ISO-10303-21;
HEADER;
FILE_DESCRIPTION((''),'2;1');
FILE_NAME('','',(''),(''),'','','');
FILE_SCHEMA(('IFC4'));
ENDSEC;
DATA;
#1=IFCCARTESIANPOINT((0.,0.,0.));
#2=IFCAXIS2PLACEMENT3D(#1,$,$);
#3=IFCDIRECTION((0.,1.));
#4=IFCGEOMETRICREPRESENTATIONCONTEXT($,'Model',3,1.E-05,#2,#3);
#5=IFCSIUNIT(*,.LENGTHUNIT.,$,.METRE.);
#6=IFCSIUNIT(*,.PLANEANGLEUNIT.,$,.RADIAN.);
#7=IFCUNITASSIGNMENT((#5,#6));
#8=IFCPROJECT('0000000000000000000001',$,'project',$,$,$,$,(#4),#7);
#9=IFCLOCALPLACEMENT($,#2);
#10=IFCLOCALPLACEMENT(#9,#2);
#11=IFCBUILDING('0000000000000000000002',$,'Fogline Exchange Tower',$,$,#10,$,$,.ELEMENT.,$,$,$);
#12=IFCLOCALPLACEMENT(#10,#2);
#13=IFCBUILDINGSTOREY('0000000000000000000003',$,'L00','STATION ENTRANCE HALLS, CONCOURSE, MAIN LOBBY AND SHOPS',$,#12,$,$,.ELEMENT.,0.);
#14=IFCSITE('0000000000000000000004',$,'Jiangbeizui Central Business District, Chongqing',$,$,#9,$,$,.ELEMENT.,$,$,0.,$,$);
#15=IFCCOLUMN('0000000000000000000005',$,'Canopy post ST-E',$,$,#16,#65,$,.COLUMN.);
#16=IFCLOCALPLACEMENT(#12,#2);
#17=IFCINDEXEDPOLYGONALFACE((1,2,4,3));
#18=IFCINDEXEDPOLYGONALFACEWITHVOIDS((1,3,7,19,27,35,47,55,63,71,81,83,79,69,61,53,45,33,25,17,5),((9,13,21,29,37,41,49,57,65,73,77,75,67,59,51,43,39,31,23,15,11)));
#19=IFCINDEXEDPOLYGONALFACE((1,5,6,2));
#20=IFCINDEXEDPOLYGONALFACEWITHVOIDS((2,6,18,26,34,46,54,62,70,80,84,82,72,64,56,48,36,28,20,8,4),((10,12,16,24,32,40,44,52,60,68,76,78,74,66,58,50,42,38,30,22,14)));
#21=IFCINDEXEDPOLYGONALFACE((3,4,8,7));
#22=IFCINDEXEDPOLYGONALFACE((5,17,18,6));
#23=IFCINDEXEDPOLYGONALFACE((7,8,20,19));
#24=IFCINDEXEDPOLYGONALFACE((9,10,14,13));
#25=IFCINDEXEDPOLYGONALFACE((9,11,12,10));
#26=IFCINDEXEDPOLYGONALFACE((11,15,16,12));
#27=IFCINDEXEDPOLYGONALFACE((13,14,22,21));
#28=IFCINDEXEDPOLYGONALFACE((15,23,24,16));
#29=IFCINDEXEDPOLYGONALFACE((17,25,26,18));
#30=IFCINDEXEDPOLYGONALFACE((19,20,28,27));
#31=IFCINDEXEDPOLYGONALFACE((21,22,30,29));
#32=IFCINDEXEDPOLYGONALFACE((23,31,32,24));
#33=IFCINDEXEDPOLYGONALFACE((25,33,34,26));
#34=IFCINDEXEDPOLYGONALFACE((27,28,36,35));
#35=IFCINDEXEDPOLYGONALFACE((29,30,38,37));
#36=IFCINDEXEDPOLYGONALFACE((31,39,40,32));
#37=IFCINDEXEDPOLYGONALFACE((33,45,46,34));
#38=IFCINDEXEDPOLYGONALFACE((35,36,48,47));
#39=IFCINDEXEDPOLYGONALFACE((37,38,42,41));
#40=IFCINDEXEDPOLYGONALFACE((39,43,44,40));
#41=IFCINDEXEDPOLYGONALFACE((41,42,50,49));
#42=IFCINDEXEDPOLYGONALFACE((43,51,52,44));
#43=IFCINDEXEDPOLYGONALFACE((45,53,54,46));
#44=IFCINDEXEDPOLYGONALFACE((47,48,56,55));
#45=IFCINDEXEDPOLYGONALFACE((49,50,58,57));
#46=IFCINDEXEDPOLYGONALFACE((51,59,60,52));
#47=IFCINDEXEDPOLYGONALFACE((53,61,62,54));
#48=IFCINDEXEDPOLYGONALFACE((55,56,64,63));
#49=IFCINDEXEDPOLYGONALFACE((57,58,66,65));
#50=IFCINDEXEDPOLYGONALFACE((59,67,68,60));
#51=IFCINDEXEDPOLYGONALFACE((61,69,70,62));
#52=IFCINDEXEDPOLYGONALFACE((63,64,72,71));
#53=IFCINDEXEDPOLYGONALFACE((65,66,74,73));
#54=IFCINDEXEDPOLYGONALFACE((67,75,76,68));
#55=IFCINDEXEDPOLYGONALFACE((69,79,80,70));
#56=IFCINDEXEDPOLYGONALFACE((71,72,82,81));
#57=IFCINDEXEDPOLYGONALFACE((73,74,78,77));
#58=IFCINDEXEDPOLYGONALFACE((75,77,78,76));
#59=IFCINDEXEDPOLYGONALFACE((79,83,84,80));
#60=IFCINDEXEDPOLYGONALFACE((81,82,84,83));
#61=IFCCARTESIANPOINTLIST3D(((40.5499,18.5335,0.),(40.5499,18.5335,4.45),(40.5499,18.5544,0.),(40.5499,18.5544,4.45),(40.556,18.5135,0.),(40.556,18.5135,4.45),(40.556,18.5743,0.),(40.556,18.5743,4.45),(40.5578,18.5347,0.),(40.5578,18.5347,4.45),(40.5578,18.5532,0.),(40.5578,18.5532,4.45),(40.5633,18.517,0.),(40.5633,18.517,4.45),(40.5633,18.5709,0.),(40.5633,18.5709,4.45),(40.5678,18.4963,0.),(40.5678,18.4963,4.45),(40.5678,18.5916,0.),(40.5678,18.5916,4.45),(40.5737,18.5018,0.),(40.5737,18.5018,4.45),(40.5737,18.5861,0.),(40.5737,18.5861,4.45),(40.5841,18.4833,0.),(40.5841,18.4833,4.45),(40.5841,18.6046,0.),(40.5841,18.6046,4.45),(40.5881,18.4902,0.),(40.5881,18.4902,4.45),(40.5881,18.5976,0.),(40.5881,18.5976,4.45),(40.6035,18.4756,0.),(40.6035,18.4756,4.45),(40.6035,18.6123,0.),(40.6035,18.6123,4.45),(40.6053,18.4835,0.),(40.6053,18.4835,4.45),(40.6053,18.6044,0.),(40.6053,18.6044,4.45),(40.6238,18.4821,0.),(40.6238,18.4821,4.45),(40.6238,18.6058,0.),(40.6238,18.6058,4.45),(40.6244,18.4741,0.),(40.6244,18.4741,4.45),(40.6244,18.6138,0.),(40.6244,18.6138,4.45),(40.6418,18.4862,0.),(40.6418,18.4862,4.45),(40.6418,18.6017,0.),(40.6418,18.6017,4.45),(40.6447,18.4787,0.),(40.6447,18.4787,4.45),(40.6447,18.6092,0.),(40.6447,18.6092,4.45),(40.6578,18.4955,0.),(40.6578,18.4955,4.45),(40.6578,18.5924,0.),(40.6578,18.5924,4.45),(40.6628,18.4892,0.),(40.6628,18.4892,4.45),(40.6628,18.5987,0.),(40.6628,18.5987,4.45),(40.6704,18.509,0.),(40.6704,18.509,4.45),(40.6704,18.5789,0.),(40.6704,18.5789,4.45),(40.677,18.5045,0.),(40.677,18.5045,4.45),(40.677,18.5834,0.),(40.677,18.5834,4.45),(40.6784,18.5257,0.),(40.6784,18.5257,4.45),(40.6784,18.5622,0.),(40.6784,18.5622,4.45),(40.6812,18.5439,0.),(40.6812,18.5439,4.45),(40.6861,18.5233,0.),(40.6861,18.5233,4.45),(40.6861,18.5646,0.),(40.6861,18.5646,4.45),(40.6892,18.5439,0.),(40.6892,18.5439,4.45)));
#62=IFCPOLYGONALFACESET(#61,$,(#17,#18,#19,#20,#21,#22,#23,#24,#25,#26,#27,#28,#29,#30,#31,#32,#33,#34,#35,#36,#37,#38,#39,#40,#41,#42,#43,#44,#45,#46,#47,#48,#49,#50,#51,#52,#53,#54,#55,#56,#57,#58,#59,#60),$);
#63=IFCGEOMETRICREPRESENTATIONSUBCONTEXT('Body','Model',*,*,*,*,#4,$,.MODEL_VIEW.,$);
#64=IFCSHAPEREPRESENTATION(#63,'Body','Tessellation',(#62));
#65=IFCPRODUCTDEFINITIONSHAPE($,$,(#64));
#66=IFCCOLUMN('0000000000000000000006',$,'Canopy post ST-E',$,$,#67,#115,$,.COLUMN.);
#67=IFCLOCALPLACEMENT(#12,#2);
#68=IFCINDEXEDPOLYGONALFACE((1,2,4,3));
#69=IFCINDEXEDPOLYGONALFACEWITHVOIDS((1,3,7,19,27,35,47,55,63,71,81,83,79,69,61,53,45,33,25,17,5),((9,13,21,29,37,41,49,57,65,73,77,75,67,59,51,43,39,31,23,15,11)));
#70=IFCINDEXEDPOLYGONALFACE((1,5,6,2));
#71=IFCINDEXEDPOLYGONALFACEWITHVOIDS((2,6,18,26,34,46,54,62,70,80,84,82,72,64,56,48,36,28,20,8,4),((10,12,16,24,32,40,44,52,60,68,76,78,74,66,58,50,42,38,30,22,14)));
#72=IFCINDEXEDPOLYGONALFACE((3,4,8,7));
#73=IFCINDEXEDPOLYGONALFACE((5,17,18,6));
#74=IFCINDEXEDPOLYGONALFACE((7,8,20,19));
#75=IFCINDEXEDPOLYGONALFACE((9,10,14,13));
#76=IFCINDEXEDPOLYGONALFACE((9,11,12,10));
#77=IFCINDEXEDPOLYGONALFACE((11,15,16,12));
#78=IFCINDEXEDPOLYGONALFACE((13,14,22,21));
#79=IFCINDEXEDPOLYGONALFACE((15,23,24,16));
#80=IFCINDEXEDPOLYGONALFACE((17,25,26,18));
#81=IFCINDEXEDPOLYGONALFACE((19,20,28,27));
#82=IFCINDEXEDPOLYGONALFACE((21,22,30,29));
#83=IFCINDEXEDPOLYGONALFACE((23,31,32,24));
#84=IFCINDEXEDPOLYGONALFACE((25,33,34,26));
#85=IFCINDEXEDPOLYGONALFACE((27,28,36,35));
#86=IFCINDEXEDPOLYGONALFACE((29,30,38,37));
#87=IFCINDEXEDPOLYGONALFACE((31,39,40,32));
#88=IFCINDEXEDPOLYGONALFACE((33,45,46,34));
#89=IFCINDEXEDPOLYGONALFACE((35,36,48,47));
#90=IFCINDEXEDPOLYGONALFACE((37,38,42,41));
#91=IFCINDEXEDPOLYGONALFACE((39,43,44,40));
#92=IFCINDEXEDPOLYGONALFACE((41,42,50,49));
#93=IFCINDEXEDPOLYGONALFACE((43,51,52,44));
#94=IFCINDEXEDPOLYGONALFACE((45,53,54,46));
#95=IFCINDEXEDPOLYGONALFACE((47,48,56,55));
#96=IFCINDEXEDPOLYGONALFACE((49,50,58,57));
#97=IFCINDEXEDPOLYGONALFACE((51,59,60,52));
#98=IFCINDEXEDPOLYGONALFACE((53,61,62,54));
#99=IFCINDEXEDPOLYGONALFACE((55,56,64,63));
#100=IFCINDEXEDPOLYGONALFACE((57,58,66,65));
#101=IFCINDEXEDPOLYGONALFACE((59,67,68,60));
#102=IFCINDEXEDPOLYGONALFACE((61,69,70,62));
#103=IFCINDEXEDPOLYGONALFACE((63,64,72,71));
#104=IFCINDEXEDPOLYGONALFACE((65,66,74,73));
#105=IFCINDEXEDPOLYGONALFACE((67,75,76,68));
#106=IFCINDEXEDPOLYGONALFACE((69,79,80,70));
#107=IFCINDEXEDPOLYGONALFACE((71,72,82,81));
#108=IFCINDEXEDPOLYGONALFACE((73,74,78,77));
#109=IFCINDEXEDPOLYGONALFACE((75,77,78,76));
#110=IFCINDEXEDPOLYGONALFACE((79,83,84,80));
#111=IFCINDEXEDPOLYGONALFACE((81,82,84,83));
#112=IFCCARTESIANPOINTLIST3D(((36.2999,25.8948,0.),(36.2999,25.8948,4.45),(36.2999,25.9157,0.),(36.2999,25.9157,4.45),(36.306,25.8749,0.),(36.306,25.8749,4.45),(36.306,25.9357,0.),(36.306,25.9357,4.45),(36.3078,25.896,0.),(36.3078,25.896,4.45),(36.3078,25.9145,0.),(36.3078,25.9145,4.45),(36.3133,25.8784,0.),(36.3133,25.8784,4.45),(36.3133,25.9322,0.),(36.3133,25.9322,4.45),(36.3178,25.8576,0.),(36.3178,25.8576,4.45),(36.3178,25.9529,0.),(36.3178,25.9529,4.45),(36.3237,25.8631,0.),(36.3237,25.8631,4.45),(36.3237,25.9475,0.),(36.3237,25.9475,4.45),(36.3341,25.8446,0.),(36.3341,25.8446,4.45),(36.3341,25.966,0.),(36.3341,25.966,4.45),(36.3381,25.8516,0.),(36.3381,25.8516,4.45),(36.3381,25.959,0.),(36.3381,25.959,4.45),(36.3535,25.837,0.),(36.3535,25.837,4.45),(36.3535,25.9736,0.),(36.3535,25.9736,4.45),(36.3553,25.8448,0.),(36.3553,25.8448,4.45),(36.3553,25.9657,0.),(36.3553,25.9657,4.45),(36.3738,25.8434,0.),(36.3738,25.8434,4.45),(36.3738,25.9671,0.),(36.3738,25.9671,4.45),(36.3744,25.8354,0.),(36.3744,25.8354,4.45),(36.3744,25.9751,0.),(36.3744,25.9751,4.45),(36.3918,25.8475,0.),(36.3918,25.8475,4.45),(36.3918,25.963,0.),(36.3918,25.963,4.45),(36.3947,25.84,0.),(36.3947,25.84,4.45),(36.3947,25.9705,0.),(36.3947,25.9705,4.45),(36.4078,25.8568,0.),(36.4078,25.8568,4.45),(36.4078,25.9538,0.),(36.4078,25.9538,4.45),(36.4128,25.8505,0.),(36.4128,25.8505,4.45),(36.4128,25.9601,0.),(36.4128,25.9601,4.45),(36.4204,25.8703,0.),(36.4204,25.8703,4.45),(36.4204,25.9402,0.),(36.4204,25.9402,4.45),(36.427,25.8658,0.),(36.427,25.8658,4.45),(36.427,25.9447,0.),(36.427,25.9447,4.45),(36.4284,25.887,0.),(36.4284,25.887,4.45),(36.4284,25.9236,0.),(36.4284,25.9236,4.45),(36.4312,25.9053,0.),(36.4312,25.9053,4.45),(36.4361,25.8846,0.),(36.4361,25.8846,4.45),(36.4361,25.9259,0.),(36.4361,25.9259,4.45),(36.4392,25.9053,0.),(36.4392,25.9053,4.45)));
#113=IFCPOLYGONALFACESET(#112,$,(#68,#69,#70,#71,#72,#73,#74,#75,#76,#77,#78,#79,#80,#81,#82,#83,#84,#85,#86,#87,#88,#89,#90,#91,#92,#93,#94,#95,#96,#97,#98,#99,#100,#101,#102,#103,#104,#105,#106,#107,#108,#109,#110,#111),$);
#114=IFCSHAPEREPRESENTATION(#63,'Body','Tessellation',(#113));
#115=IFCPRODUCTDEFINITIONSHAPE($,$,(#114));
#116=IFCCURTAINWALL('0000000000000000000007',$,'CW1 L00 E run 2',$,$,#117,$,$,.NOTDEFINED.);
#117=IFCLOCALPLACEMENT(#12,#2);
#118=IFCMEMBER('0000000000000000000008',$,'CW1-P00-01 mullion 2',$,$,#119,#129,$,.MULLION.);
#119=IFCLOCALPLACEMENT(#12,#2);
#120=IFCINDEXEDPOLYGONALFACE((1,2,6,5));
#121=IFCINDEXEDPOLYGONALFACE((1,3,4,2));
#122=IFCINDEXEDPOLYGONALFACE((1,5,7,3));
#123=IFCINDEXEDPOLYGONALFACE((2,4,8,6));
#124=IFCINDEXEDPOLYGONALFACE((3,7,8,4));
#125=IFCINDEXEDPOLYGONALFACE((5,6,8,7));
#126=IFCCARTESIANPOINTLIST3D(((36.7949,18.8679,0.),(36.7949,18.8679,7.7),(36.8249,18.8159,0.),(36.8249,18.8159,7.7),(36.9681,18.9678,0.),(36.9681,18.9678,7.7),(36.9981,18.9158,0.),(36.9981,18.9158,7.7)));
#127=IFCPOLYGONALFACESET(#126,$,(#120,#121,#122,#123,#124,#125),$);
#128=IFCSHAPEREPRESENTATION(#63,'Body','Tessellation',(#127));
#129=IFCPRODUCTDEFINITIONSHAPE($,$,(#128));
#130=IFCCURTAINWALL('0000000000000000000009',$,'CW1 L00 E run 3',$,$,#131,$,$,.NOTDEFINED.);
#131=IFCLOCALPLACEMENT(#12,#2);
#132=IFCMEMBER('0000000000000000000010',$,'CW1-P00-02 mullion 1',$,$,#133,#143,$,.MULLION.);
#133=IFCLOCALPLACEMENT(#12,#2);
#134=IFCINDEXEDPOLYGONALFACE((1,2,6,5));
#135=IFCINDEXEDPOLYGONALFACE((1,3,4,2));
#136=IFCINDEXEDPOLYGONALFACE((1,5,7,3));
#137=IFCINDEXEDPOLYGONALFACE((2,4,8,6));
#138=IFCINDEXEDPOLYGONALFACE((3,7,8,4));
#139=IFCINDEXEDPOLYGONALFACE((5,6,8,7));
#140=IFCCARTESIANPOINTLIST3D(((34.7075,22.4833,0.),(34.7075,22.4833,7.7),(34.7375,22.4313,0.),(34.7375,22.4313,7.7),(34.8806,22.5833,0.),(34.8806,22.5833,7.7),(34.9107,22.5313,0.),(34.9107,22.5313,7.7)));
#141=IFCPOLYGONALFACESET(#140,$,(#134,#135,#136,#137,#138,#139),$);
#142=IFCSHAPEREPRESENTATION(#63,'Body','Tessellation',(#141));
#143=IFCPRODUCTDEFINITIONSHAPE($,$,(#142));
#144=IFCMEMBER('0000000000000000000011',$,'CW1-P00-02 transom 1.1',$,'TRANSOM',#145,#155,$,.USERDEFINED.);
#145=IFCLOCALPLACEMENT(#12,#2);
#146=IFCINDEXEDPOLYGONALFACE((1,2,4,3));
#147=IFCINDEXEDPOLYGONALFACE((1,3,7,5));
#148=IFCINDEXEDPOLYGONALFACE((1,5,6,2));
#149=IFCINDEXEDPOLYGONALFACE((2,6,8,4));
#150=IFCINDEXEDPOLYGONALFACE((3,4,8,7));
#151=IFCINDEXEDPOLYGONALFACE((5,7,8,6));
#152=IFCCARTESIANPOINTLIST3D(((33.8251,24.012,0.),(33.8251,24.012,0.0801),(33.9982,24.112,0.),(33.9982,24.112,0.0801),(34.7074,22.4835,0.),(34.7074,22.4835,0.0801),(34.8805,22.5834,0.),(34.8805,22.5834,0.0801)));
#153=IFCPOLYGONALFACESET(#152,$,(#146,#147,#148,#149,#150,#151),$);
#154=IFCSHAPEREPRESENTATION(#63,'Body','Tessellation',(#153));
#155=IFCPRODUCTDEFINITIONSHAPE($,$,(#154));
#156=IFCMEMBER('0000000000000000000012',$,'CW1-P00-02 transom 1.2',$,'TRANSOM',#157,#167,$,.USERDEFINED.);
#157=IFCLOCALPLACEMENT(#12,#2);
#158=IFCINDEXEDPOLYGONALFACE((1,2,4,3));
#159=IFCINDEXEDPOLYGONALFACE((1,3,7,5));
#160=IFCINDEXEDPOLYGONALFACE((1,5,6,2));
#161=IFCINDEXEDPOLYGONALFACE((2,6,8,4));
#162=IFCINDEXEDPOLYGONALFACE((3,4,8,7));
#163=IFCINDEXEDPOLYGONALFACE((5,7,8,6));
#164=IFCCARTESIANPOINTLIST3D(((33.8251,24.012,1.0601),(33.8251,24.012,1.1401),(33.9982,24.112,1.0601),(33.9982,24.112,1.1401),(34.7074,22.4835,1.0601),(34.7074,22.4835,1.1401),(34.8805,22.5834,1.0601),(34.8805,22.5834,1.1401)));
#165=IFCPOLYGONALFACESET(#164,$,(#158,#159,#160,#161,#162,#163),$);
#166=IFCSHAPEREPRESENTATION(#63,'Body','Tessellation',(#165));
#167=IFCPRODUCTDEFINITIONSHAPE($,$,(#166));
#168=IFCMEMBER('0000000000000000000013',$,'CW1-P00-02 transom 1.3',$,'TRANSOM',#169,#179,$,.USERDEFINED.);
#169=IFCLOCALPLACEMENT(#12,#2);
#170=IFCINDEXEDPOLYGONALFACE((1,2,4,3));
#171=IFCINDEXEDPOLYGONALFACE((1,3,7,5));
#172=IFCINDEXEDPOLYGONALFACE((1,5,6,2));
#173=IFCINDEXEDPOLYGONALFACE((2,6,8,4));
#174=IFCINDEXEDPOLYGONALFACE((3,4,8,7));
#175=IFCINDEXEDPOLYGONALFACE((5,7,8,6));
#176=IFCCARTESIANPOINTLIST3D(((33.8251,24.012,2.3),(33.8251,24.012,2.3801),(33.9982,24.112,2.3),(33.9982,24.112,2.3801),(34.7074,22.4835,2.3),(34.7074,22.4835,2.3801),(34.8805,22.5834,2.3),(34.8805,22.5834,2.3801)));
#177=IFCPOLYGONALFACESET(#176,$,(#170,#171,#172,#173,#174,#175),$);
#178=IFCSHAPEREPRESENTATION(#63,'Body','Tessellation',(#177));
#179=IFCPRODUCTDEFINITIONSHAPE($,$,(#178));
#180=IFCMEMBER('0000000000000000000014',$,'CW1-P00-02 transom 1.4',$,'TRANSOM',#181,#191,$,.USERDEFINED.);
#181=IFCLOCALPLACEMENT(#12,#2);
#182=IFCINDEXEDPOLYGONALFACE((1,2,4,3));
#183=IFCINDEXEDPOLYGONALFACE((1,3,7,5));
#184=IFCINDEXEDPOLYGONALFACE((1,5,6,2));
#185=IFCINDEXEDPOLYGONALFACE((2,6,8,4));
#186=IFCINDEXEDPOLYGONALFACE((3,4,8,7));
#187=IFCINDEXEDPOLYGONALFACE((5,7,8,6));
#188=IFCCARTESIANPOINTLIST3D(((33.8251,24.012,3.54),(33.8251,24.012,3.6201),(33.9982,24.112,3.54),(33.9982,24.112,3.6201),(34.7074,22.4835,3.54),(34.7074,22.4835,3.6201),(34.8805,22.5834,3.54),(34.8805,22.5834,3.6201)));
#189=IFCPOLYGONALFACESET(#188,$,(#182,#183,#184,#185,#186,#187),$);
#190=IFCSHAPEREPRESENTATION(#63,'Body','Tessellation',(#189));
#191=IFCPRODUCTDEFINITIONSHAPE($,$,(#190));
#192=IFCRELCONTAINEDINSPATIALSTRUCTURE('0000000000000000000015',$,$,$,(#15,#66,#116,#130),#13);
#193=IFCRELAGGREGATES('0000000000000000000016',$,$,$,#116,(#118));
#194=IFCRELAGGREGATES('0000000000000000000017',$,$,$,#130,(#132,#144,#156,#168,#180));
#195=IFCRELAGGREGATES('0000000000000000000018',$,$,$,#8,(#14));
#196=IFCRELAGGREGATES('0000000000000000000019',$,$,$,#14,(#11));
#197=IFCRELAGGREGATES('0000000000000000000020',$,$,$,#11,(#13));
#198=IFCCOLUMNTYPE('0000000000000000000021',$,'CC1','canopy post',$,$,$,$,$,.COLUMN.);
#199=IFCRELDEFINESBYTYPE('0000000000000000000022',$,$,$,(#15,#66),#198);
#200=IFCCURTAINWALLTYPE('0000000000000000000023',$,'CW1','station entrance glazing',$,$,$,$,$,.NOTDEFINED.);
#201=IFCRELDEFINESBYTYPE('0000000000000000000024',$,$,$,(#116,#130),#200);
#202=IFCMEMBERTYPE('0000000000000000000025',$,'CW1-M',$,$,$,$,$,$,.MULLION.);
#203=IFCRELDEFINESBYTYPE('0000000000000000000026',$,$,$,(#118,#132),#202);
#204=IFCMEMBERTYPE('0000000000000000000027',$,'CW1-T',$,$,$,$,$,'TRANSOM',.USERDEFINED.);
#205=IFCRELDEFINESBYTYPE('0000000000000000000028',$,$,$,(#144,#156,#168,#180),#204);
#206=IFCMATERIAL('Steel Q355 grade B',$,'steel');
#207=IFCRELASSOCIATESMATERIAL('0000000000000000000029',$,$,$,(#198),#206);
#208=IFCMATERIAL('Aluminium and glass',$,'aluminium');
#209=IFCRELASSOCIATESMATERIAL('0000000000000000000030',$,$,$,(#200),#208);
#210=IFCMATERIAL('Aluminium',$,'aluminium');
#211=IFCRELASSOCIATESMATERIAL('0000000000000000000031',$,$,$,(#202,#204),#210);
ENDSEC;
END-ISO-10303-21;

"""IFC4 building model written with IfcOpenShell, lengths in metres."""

from ifc_helpers import new_model, si_unit, direction, frame, origin, origin_2d, place, context, subcontext, project, spatial, rectangle, hollow_circle, extrude, material, material_profile, profile_set, type_object, element, aggregate, save


model = new_model("IFC4")

# Units and contexts
model_context = context("Model", 3, precision=1e-05, world=origin(), true_north=direction((0.0, 1.0)))
body_context = subcontext(model_context, "Body", "Model", "MODEL_VIEW")
ifc_project = project(units=[si_unit("LENGTHUNIT", "METRE"), si_unit("PLANEANGLEUNIT", "RADIAN")], contexts=[model_context])

# Site, building, storey
site_placement = place(None, origin())
site = spatial("IfcSite", under=ifc_project, at=site_placement, Name="Jiangbeizui Central Business District, Chongqing", CompositionType="ELEMENT", RefElevation=0.0)
building_placement = place(site_placement, origin())
building = spatial("IfcBuilding", under=site, at=building_placement, Name="Fogline Exchange Tower", CompositionType="ELEMENT")
storey_placement = place(building_placement, origin())
storey = spatial("IfcBuildingStorey", under=building, at=storey_placement, Name="L00", Description="STATION ENTRANCE HALLS, CONCOURSE, MAIN LOBBY AND SHOPS", CompositionType="ELEMENT", Elevation=0.0)

# Columns
ifc_material_1 = material(Name="Steel Q355 grade B", Category="steel")
ifc_material_profile_1 = material_profile(ifc_material_1, hollow_circle(Radius=0.0701, WallThickness=0.0081, at=origin_2d()), Name="CHS 140x8")
ifc_profile_set_1 = profile_set([ifc_material_profile_1], Name="Steel Q355 grade B")
column_type = type_object("IfcColumnType", Name="CC1", Description="canopy post", PredefinedType="COLUMN", material=ifc_profile_set_1)
for number, where, z_axis, x_axis, name in (
    (1, (40.6191, 18.5439, 0.0), (0.0, 0.0, 1.0), (1.0, 0.0, 0.0), "Canopy post ST-E"),
    (2, (36.3691, 25.9053, 0.0), (0.0, 0.0, 1.0), (1.0, 0.0, 0.0), "Canopy post ST-E"),
):
    element("IfcColumn", number, at=place(storey_placement, frame(where, z_axis=z_axis, x_axis=x_axis)), inside=storey, type_object=column_type, Name=name, PredefinedType="COLUMN", context=body_context, shape_type="SweptSolid", body=[
        extrude(hollow_circle(Radius=0.0701, WallThickness=0.0081, at=origin_2d()), origin(), (0.0, 0.0, 1.0), 4.45),
    ])

# Curtain wall, member
ifc_material_2 = material(Name="Aluminium and glass", Category="aluminium")
curtain_wall_type = type_object("IfcCurtainWallType", Name="CW1", Description="station entrance glazing", PredefinedType="NOTDEFINED", material=ifc_material_2)
curtain_wall_1_placement = place(storey_placement, origin())
curtain_wall_1 = element("IfcCurtainWall", 3, at=curtain_wall_1_placement, inside=storey, type_object=curtain_wall_type, Name="CW1 L00 E run 2", PredefinedType="NOTDEFINED")
ifc_material_3 = material(Name="Aluminium", Category="aluminium")
ifc_material_profile_2 = material_profile(ifc_material_3, rectangle(XDim=0.2, YDim=0.0601, at=origin_2d()), Name="Mullion 60x200")
ifc_profile_set_2 = profile_set([ifc_material_profile_2], Name="Aluminium")
member_type_1 = type_object("IfcMemberType", Name="CW1-M", PredefinedType="MULLION", material=ifc_profile_set_2)
member_1_placement = place(storey_placement, frame((36.8965, 18.8918, 0.0), z_axis=(0.0, 0.0, 1.0), x_axis=(-0.866026, -0.5, 0.0)))
member_1 = element("IfcMember", 4, at=member_1_placement, type_object=member_type_1, Name="CW1-P00-01 mullion 2", PredefinedType="MULLION", context=body_context, shape_type="SweptSolid", body=[
    extrude(rectangle(XDim=0.2, YDim=0.0601, at=origin_2d()), origin(), (0.0, 0.0, 1.0), 7.7),
])
aggregate(curtain_wall_1, [member_1])

# Curtain wall, members
curtain_wall_2_placement = place(storey_placement, origin())
curtain_wall_2 = element("IfcCurtainWall", 5, at=curtain_wall_2_placement, inside=storey, type_object=curtain_wall_type, Name="CW1 L00 E run 3", PredefinedType="NOTDEFINED")
member_2_placement = place(storey_placement, frame((34.8091, 22.5073, 0.0), z_axis=(0.0, 0.0, 1.0), x_axis=(-0.866024, -0.500002, 0.0)))
member_2 = element("IfcMember", 6, at=member_2_placement, type_object=member_type_1, Name="CW1-P00-02 mullion 1", PredefinedType="MULLION", context=body_context, shape_type="SweptSolid", body=[
    extrude(rectangle(XDim=0.2, YDim=0.0601, at=origin_2d()), origin(), (0.0, 0.0, 1.0), 7.7),
])
ifc_material_profile_3 = material_profile(ifc_material_3, rectangle(XDim=0.2, YDim=0.0801, at=origin_2d()), Name="Transom 80x200")
ifc_profile_set_3 = profile_set([ifc_material_profile_3], Name="Aluminium")
member_type_2 = type_object("IfcMemberType", Name="CW1-T", ElementType="TRANSOM", PredefinedType="USERDEFINED", material=ifc_profile_set_3)
member_3_placement = place(storey_placement, frame((34.7939, 22.5334, 0.04), z_axis=(-0.499918, 0.866073, 0.0), x_axis=(-0.866073, -0.499918, 0.0)))
member_3 = element("IfcMember", 7, at=member_3_placement, type_object=member_type_2, Name="CW1-P00-02 transom 1.1", ObjectType="TRANSOM", PredefinedType="USERDEFINED", context=body_context, shape_type="SweptSolid", body=[
    extrude(rectangle(XDim=0.2, YDim=0.0801, at=origin_2d()), origin(), (0.0, 0.0, 1.0), 1.7649),
])
member_4_placement = place(storey_placement, frame((34.7939, 22.5334, 1.1001), z_axis=(-0.499918, 0.866073, 0.0), x_axis=(-0.866073, -0.499918, 0.0)))
member_4 = element("IfcMember", 8, at=member_4_placement, type_object=member_type_2, Name="CW1-P00-02 transom 1.2", ObjectType="TRANSOM", PredefinedType="USERDEFINED", context=body_context, shape_type="SweptSolid", body=[
    extrude(rectangle(XDim=0.2, YDim=0.0801, at=origin_2d()), origin(), (0.0, 0.0, 1.0), 1.7649),
])
member_5_placement = place(storey_placement, frame((34.7939, 22.5334, 2.3401), z_axis=(-0.499918, 0.866073, 0.0), x_axis=(-0.866073, -0.499918, 0.0)))
member_5 = element("IfcMember", 9, at=member_5_placement, type_object=member_type_2, Name="CW1-P00-02 transom 1.3", ObjectType="TRANSOM", PredefinedType="USERDEFINED", context=body_context, shape_type="SweptSolid", body=[
    extrude(rectangle(XDim=0.2, YDim=0.0801, at=origin_2d()), origin(), (0.0, 0.0, 1.0), 1.7649),
])
member_6_placement = place(storey_placement, frame((34.7939, 22.5334, 3.5801), z_axis=(-0.499918, 0.866073, 0.0), x_axis=(-0.866073, -0.499918, 0.0)))
member_6 = element("IfcMember", 10, at=member_6_placement, type_object=member_type_2, Name="CW1-P00-02 transom 1.4", ObjectType="TRANSOM", PredefinedType="USERDEFINED", context=body_context, shape_type="SweptSolid", body=[
    extrude(rectangle(XDim=0.2, YDim=0.0801, at=origin_2d()), origin(), (0.0, 0.0, 1.0), 1.7649),
])
aggregate(curtain_wall_2, [member_2, member_3, member_4, member_5, member_6])

save(model, "model.ifc")
